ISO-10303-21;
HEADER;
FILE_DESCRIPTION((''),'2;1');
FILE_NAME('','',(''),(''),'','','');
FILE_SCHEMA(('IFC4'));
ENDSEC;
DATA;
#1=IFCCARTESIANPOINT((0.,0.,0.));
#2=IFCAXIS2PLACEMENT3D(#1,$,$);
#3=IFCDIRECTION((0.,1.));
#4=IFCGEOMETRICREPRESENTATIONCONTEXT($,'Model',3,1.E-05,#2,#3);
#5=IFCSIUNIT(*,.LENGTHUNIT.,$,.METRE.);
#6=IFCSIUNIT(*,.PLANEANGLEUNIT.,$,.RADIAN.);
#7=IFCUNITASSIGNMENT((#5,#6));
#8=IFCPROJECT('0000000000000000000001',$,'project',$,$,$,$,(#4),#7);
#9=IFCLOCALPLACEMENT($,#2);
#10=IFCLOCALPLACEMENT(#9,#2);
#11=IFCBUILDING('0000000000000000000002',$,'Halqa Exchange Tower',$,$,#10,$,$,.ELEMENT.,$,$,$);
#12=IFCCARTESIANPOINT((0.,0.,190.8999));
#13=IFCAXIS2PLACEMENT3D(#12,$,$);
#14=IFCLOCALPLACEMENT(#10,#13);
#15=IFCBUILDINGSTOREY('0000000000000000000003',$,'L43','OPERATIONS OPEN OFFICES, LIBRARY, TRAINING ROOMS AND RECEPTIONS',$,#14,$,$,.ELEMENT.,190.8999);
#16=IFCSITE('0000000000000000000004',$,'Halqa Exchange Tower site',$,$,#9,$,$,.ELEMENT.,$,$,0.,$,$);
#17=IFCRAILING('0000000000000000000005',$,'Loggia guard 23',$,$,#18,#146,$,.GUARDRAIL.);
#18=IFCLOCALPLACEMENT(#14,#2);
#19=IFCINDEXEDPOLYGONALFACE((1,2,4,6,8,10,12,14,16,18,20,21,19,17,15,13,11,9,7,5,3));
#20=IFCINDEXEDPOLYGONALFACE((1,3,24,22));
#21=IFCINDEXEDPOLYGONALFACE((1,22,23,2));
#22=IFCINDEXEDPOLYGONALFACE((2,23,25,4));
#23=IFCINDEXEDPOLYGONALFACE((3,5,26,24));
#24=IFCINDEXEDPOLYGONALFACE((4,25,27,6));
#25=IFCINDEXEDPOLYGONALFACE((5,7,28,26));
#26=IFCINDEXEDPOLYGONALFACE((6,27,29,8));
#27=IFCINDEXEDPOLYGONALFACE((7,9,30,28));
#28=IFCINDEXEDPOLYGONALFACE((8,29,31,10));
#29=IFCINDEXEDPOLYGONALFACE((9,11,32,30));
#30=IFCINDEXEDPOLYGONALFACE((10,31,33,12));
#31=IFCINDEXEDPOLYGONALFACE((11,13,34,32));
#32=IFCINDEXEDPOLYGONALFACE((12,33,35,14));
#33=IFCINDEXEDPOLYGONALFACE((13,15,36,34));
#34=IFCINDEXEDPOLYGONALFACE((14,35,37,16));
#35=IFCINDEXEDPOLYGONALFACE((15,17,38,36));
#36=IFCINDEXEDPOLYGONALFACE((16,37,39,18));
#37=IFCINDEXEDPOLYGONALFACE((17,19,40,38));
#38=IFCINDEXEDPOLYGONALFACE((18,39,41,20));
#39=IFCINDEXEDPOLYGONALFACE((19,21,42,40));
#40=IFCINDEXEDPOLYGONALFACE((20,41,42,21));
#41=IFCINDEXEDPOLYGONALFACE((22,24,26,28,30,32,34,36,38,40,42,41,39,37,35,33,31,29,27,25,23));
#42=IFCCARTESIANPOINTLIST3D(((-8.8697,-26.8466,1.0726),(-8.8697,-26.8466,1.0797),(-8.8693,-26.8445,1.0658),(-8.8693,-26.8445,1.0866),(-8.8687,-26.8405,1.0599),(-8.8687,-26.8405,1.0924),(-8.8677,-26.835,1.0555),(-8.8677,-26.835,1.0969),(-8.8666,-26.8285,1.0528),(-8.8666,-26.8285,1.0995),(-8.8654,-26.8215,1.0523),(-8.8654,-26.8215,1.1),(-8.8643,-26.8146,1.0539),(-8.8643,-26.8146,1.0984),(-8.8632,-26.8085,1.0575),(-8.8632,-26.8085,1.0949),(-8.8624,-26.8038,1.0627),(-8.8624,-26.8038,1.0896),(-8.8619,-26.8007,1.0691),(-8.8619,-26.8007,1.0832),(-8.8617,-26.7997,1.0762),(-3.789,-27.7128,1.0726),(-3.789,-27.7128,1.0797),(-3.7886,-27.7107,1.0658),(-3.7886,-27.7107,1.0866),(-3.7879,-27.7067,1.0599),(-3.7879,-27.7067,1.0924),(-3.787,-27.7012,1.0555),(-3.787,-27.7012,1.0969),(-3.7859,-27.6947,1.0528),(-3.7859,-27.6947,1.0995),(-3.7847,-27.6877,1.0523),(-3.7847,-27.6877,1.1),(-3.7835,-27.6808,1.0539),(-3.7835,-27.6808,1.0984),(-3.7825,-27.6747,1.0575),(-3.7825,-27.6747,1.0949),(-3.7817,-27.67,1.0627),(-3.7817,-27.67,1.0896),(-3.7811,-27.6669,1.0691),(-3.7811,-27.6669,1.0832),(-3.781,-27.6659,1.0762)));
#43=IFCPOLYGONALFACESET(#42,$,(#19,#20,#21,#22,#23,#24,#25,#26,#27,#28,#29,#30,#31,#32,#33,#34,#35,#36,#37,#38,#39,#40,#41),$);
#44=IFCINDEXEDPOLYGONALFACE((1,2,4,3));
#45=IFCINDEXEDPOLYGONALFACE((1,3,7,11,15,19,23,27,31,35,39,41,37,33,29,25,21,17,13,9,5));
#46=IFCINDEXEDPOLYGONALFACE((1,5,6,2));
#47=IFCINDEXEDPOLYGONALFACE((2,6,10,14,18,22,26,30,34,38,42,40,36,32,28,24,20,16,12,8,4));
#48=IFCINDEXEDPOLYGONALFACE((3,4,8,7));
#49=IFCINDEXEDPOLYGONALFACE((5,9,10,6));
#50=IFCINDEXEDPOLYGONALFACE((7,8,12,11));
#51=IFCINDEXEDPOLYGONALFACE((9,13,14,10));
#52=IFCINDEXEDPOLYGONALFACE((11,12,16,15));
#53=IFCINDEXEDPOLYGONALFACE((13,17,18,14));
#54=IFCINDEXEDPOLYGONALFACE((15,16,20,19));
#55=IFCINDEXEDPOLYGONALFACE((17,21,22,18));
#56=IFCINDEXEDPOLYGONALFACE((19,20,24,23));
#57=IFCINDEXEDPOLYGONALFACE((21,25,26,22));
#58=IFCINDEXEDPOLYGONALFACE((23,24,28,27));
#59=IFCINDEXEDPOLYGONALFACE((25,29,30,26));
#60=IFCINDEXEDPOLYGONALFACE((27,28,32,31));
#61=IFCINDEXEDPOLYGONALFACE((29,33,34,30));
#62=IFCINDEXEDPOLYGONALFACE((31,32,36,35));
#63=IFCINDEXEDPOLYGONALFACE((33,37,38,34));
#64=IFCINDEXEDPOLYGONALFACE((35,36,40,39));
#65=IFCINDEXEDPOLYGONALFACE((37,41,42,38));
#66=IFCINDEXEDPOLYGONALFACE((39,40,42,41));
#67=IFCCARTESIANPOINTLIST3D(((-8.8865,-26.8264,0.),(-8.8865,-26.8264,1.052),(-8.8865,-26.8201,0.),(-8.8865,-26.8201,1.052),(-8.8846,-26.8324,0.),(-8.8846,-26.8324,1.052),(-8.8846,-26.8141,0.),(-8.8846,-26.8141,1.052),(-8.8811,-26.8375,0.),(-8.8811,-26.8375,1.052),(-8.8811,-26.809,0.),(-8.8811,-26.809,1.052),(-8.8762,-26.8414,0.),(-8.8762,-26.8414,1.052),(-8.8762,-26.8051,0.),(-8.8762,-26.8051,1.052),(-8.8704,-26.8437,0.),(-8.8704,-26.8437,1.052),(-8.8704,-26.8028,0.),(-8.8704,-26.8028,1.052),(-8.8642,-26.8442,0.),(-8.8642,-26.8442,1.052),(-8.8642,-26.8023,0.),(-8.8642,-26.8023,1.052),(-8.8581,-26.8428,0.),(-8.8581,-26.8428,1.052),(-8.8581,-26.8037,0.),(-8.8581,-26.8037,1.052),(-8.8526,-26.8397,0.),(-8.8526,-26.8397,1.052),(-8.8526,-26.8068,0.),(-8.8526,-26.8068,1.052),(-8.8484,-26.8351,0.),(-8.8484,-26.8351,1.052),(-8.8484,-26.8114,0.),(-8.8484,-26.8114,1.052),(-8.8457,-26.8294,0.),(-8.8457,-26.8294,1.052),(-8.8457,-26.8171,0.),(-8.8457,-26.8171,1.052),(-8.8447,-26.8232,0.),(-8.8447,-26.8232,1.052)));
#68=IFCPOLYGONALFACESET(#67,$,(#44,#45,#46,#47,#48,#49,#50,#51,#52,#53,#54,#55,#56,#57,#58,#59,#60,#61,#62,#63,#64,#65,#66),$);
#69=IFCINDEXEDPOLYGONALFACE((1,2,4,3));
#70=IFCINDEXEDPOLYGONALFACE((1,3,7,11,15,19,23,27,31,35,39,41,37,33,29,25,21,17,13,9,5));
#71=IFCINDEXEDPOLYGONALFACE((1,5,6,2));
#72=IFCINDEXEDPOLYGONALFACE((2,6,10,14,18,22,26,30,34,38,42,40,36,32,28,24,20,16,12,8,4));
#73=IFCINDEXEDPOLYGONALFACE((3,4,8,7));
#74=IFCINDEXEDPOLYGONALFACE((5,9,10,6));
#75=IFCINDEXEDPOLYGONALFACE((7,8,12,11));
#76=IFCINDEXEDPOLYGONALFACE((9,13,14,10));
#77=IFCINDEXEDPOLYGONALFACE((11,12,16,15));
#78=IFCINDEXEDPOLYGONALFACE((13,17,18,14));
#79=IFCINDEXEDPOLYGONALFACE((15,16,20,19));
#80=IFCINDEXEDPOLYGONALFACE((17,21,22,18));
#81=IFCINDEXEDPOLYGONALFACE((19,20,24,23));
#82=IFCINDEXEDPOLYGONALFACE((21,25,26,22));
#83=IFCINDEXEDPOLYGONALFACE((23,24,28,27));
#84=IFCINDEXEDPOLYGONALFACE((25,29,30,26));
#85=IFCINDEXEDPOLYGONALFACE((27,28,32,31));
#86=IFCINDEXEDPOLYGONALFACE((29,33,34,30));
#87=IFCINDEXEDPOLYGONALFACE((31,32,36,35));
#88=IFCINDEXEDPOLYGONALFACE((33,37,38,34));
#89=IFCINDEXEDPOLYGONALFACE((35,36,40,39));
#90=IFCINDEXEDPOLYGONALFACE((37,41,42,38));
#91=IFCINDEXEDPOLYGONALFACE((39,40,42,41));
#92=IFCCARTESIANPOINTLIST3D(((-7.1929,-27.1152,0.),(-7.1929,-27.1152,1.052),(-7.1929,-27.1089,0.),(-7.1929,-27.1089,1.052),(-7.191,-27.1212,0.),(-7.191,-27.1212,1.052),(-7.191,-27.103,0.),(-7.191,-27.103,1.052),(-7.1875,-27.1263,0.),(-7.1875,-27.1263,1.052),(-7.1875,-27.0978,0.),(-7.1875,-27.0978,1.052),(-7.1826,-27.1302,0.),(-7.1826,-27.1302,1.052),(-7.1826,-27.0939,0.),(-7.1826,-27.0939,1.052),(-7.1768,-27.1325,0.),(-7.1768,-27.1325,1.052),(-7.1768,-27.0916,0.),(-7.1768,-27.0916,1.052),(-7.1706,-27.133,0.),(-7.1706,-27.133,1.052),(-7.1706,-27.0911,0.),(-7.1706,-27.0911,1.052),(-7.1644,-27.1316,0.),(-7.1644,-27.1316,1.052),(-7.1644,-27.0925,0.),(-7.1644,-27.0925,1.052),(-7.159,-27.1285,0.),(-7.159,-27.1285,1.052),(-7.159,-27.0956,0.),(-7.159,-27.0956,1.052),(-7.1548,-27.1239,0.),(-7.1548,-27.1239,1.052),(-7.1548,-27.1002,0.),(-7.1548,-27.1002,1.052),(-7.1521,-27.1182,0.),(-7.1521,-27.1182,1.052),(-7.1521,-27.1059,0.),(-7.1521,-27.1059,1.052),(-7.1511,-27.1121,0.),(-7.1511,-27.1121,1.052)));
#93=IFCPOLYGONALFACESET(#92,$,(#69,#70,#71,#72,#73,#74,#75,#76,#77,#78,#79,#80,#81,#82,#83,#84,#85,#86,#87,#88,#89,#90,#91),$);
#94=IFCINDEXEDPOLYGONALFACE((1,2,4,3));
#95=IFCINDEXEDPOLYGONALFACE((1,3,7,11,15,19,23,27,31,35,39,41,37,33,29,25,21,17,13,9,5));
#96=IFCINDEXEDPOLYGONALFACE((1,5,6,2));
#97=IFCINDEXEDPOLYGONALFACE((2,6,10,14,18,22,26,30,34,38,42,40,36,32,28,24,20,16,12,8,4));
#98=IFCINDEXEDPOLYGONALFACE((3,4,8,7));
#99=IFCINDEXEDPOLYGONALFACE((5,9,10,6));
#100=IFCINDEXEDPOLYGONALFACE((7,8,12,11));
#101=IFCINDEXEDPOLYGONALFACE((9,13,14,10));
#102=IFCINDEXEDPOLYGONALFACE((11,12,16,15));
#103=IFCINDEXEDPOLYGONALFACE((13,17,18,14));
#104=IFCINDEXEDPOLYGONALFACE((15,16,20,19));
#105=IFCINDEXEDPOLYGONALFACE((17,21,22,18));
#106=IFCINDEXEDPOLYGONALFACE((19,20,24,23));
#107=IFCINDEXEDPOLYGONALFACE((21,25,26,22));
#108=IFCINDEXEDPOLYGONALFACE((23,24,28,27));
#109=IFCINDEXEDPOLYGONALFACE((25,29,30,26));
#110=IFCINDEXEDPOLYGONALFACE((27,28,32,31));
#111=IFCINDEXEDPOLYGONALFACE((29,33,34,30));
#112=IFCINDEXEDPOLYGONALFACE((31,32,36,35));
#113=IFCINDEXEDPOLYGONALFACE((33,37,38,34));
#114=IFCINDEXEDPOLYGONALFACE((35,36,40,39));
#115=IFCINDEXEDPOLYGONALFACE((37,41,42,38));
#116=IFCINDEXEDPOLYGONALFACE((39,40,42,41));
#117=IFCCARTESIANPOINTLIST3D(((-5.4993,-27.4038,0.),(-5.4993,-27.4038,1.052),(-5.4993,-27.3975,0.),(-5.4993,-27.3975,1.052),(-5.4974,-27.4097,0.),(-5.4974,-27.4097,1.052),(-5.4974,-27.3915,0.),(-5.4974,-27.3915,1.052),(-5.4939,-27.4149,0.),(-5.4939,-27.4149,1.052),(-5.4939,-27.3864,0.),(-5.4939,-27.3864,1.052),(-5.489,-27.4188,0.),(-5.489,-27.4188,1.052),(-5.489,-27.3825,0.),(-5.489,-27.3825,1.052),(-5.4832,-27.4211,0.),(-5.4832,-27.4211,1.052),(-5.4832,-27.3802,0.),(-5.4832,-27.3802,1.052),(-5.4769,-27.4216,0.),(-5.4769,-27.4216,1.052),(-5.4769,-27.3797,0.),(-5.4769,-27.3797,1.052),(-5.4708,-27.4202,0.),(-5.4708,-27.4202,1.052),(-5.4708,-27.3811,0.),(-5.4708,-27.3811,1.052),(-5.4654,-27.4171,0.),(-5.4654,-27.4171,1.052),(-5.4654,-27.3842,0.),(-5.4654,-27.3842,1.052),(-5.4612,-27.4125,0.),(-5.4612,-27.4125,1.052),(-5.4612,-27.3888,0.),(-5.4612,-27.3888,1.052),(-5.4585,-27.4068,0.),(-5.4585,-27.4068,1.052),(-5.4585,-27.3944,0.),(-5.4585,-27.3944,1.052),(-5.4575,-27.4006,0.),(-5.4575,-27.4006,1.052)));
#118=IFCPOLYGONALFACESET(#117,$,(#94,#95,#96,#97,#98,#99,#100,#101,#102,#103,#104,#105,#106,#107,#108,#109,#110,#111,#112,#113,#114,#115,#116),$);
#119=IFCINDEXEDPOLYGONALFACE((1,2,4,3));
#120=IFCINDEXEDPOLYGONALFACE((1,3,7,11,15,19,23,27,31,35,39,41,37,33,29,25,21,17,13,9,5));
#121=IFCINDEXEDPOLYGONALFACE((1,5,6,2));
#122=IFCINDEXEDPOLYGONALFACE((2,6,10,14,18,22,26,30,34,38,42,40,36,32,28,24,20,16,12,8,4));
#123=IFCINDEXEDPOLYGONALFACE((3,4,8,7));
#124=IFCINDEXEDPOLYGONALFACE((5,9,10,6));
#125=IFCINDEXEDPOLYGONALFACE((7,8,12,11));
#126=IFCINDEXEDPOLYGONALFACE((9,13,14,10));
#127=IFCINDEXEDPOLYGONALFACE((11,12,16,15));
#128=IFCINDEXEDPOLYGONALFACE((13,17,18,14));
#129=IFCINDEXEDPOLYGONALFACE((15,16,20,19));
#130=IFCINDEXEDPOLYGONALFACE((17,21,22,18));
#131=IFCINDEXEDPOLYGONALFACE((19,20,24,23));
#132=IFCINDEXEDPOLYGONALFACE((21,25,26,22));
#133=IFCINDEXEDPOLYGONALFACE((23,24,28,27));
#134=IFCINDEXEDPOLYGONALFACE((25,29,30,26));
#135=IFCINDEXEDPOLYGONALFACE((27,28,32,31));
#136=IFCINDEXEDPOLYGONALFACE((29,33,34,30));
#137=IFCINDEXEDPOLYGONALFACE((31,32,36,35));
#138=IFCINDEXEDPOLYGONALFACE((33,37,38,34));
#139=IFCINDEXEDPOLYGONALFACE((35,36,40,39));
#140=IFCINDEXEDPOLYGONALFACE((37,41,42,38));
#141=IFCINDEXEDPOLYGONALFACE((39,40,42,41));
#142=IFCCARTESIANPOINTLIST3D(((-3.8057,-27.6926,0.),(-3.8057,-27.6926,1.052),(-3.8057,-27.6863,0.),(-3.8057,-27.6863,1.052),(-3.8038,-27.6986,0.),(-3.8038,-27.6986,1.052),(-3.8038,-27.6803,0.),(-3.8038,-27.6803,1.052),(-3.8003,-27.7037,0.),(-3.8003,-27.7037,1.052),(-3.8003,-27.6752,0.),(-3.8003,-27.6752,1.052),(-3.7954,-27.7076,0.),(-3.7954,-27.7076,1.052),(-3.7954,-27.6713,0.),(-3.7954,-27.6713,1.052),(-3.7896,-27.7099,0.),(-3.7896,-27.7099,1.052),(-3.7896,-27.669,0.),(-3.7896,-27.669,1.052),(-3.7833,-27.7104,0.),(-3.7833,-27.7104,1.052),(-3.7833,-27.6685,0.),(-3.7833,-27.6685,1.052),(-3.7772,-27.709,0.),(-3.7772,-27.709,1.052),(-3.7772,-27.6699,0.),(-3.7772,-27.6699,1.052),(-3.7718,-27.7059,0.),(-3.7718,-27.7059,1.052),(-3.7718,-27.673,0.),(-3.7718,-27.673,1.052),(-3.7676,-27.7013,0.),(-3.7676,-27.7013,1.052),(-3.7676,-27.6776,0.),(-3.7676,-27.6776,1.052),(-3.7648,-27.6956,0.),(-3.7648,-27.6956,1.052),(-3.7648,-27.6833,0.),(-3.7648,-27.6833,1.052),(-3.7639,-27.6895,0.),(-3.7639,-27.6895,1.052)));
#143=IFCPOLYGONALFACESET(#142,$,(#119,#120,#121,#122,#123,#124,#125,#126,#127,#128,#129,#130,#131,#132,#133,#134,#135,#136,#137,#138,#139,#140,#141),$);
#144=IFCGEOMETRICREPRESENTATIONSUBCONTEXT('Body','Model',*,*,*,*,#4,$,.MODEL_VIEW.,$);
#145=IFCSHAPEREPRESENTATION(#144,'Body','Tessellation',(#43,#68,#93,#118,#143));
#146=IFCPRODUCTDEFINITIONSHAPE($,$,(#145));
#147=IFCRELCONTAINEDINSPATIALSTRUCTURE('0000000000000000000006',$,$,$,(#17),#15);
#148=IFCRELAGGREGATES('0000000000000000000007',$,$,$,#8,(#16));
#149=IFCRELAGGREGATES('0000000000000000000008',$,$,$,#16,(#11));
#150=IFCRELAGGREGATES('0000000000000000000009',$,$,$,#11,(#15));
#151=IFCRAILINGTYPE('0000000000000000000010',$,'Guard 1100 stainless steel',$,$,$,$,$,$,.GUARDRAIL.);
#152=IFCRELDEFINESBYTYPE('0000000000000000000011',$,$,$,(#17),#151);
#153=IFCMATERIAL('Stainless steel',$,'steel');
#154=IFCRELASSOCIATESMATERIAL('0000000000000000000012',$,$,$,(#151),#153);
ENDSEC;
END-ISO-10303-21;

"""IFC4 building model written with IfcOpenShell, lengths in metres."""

from ifc_helpers import new_model, si_unit, direction, frame, origin, origin_2d, place, context, subcontext, project, spatial, circle, extrude, material, type_object, element, save


model = new_model("IFC4")

# Units and contexts
model_context = context("Model", 3, precision=1e-05, world=origin(), true_north=direction((0.0, 1.0)))
body_context = subcontext(model_context, "Body", "Model", "MODEL_VIEW")
ifc_project = project(units=[si_unit("LENGTHUNIT", "METRE"), si_unit("PLANEANGLEUNIT", "RADIAN")], contexts=[model_context])

# Site, building, storey
site_placement = place(None, origin())
site = spatial("IfcSite", under=ifc_project, at=site_placement, Name="Halqa Exchange Tower site", CompositionType="ELEMENT", RefElevation=0.0)
building_placement = place(site_placement, origin())
building = spatial("IfcBuilding", under=site, at=building_placement, Name="Halqa Exchange Tower", CompositionType="ELEMENT")
storey_placement = place(building_placement, frame((0.0, 0.0, 190.8999)))
storey = spatial("IfcBuildingStorey", under=building, at=storey_placement, Name="L43", Description="OPERATIONS OPEN OFFICES, LIBRARY, TRAINING ROOMS AND RECEPTIONS", CompositionType="ELEMENT", Elevation=190.8999)

# Railing
ifc_material_1 = material(Name="Stainless steel", Category="steel")
railing_type = type_object("IfcRailingType", Name="Guard 1100 stainless steel", PredefinedType="GUARDRAIL", material=ifc_material_1)
railing_1_placement = place(storey_placement, frame((-8.8657, -26.8232, 0.0)))
element("IfcRailing", 1, at=railing_1_placement, inside=storey, type_object=railing_type, Name="Loggia guard 23", PredefinedType="GUARDRAIL", context=body_context, shape_type="SweptSolid", body=[
    extrude(circle(Radius=0.0239, at=origin_2d()), frame((0.0, 0.0, 1.0762), z_axis=(0.985776, -0.168062, 0.0), x_axis=(0.168062, 0.985776, 0.0)), (0.0, 0.0, 1.0), 5.1541),
    extrude(circle(Radius=0.021, at=origin_2d()), origin(), (0.0, 0.0, 1.0), 1.052),
    extrude(circle(Radius=0.021, at=origin_2d()), frame((1.6936, -0.2888, 0.0)), (0.0, 0.0, 1.0), 1.052),
    extrude(circle(Radius=0.021, at=origin_2d()), frame((3.3872, -0.5774, 0.0)), (0.0, 0.0, 1.0), 1.052),
    extrude(circle(Radius=0.021, at=origin_2d()), frame((5.0808, -0.8662, 0.0)), (0.0, 0.0, 1.0), 1.052),
])

save(model, "model.ifc")
